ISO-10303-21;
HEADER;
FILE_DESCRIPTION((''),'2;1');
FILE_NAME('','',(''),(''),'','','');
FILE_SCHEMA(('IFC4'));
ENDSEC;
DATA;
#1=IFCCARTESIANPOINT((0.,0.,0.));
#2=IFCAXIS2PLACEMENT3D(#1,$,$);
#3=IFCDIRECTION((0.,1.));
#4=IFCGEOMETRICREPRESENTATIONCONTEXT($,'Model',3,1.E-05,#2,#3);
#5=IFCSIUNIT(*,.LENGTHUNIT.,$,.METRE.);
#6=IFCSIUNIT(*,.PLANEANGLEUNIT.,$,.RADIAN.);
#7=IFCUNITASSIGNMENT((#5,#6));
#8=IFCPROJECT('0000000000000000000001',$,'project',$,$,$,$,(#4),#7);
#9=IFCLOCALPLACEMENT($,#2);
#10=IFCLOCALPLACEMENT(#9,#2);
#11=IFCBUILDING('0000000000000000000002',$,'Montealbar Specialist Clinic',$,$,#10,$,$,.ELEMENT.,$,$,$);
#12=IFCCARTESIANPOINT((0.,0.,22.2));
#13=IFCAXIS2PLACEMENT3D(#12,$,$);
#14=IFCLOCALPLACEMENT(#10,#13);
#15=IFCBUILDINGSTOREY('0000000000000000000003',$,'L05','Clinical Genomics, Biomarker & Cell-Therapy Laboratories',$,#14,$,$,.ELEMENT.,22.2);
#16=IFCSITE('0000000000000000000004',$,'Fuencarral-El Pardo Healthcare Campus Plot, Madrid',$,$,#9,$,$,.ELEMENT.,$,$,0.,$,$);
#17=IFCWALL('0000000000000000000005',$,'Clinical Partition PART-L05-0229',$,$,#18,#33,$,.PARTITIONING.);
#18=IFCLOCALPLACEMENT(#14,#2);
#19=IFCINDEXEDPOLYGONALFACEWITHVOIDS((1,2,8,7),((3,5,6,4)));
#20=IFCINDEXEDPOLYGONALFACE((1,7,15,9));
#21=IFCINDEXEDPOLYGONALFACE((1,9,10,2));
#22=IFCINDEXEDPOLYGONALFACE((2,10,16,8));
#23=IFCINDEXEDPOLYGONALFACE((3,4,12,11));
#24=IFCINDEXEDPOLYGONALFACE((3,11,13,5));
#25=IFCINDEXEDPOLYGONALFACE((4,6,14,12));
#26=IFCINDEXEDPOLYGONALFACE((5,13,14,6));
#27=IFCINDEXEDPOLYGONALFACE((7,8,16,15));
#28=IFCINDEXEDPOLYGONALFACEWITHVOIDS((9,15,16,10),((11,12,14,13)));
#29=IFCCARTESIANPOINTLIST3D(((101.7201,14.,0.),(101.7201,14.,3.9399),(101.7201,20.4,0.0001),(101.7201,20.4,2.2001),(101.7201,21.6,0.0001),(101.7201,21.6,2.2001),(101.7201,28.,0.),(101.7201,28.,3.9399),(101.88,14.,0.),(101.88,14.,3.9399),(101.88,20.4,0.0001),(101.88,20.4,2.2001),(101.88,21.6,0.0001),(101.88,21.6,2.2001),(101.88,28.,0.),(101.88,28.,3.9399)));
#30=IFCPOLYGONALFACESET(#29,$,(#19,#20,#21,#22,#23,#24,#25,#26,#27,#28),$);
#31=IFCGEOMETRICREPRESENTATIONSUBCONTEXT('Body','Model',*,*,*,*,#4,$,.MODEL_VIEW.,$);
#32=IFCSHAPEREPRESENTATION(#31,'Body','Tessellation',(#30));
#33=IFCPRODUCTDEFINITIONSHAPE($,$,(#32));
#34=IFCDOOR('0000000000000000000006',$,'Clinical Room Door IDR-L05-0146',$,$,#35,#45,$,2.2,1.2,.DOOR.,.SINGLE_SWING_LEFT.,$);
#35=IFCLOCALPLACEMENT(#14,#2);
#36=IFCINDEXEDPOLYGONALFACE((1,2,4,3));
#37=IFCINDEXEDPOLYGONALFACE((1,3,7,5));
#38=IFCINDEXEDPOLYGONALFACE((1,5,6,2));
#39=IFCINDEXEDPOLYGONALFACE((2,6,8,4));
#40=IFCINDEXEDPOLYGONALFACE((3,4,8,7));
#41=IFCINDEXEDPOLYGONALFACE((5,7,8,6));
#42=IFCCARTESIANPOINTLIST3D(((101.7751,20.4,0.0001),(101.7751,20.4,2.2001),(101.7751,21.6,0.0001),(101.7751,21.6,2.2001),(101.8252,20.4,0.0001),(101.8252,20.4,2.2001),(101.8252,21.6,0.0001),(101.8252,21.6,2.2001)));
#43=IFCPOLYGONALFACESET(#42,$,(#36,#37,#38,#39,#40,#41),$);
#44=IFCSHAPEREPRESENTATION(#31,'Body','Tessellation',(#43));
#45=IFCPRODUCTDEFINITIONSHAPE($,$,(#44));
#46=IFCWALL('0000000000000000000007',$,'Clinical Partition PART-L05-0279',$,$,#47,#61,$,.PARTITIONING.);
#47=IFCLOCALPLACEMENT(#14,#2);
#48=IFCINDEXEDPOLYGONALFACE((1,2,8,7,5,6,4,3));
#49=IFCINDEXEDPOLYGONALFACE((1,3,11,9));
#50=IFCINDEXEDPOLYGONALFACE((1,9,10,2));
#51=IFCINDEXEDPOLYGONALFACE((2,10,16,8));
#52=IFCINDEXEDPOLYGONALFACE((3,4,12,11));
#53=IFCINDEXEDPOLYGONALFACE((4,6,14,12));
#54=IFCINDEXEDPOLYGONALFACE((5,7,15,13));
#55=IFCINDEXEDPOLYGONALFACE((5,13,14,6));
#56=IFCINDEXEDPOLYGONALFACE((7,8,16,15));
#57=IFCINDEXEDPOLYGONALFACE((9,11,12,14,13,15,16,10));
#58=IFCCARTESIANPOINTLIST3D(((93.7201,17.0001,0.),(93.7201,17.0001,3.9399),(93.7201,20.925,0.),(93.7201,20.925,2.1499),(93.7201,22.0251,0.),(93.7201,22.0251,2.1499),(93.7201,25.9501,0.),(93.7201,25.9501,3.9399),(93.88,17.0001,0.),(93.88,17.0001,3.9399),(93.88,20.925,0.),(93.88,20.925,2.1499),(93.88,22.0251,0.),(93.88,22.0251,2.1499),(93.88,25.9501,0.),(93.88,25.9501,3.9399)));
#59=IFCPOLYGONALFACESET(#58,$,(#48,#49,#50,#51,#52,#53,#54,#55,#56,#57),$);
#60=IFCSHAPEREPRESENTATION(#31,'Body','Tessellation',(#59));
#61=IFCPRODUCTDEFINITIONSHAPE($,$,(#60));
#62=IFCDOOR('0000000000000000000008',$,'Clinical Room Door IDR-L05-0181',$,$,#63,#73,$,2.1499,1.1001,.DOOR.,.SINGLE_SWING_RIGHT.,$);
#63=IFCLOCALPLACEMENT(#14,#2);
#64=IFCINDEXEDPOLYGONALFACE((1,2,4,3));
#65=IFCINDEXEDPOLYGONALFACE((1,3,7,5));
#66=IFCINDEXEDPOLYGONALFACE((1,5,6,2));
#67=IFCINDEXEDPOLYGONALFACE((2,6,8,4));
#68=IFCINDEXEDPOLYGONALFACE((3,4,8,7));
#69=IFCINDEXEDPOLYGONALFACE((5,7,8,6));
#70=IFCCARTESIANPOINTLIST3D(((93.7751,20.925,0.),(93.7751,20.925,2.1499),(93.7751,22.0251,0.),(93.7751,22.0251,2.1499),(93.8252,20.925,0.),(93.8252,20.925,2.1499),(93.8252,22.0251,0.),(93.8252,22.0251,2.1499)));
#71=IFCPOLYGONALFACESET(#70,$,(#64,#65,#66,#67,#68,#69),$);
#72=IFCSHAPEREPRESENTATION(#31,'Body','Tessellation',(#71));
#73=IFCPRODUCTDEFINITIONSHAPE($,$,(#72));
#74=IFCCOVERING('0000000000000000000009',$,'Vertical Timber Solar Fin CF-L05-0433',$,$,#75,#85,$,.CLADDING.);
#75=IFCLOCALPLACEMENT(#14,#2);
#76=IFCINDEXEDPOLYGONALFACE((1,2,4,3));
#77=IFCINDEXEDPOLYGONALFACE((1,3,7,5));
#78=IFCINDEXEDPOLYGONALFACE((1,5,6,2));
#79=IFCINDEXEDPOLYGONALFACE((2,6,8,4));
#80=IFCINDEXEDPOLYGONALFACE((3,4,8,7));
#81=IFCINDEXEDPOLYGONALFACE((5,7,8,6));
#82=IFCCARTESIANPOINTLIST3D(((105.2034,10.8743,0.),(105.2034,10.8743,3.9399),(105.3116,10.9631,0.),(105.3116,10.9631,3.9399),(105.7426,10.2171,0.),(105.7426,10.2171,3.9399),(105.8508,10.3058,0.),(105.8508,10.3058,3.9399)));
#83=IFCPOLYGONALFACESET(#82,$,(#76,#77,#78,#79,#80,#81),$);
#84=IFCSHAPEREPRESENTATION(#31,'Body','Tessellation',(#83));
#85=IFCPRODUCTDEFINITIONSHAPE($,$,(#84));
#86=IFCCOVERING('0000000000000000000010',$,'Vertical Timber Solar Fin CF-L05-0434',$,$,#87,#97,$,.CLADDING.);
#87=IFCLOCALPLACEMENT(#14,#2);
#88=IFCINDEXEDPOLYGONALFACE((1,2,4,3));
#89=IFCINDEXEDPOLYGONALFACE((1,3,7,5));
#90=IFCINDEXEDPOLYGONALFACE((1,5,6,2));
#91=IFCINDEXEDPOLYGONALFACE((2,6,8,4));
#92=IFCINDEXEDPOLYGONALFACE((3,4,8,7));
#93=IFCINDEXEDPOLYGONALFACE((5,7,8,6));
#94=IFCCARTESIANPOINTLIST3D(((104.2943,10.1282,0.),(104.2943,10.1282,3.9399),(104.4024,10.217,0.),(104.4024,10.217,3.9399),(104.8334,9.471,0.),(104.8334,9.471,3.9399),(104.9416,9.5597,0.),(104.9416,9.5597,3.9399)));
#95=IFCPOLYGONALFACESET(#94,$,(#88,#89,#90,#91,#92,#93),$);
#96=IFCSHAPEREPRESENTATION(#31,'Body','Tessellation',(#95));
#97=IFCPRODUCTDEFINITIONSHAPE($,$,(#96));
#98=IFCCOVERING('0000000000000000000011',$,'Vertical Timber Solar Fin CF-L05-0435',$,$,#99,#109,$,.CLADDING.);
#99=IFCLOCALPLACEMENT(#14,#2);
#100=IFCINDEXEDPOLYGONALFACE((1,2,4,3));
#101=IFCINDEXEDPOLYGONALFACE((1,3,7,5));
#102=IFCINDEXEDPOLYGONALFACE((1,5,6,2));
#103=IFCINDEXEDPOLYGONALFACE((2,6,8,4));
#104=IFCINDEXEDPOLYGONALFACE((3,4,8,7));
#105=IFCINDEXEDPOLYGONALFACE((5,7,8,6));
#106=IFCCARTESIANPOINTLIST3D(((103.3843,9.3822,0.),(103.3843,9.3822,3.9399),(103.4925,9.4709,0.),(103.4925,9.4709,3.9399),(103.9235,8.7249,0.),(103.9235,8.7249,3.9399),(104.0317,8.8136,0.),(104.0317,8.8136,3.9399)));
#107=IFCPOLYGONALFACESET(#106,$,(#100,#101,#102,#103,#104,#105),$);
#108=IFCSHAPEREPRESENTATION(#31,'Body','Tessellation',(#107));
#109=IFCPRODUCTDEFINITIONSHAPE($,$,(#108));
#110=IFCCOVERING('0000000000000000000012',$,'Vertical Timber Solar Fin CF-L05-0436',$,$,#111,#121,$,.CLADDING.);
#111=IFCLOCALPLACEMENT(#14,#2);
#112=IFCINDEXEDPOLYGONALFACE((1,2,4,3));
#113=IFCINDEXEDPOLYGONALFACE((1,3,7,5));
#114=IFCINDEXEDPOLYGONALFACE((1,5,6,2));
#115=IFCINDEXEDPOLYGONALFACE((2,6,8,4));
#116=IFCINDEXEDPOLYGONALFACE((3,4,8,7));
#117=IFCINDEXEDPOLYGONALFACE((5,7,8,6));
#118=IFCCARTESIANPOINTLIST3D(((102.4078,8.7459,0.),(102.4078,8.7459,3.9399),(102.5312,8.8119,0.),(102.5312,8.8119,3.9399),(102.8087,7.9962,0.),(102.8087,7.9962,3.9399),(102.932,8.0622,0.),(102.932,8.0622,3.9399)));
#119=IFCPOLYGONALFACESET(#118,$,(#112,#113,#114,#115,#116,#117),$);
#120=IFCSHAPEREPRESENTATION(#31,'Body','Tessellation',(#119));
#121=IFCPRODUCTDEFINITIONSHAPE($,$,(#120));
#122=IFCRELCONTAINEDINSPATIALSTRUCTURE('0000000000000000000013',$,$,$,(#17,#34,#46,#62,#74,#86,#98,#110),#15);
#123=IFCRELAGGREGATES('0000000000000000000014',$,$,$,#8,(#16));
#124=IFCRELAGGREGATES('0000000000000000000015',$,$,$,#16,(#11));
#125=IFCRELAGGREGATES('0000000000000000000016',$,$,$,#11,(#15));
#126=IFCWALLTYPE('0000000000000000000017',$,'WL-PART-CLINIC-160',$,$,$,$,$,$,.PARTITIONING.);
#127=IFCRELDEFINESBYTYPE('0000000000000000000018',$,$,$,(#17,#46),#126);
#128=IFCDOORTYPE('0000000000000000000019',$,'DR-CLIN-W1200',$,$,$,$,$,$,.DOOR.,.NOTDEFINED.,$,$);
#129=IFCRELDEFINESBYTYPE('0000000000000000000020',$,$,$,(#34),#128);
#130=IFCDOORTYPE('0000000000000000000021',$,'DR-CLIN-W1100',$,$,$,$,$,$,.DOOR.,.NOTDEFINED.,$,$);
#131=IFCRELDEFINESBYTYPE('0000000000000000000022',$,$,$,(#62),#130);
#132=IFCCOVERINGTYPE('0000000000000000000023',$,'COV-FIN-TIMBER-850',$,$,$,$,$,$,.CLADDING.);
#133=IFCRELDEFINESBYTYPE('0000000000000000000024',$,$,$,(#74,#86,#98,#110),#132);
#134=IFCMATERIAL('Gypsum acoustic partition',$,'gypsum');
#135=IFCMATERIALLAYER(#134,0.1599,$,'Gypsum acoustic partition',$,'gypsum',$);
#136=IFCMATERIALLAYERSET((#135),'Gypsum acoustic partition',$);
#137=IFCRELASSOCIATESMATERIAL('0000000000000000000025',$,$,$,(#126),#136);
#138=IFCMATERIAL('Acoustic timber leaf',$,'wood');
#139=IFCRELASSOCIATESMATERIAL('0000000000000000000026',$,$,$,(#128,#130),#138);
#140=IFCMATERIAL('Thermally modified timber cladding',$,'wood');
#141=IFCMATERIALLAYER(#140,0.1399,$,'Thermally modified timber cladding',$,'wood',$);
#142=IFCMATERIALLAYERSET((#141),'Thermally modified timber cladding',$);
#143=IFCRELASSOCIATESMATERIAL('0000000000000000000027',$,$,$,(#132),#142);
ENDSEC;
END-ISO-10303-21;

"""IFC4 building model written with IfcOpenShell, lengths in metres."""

from ifc_helpers import new_model, si_unit, direction, frame, frame_2d, origin, origin_2d, place, context, subcontext, project, spatial, rectangle, extrude, material, layer, layer_set, type_object, element, fill, save


model = new_model("IFC4")

# Units and contexts
model_context = context("Model", 3, precision=1e-05, world=origin(), true_north=direction((0.0, 1.0)))
body_context = subcontext(model_context, "Body", "Model", "MODEL_VIEW")
ifc_project = project(units=[si_unit("LENGTHUNIT", "METRE"), si_unit("PLANEANGLEUNIT", "RADIAN")], contexts=[model_context])

# Site, building, storey
site_placement = place(None, origin())
site = spatial("IfcSite", under=ifc_project, at=site_placement, Name="Fuencarral-El Pardo Healthcare Campus Plot, Madrid", CompositionType="ELEMENT", RefElevation=0.0)
building_placement = place(site_placement, origin())
building = spatial("IfcBuilding", under=site, at=building_placement, Name="Montealbar Specialist Clinic", CompositionType="ELEMENT")
storey_placement = place(building_placement, frame((0.0, 0.0, 22.2)))
storey = spatial("IfcBuildingStorey", under=building, at=storey_placement, Name="L05", Description="Clinical Genomics, Biomarker & Cell-Therapy Laboratories", CompositionType="ELEMENT", Elevation=22.2)

# Shared definitions
ifc_material_1 = material(Name="Gypsum acoustic partition", Category="gypsum")

# Walls, openings, doors
ifc_layer_1 = layer(ifc_material_1, 0.1599, Name="Gypsum acoustic partition", Category="gypsum")
ifc_layer_set_1 = layer_set([ifc_layer_1], Name="Gypsum acoustic partition")
wall_type_1 = type_object("IfcWallType", Name="WL-PART-CLINIC-160", PredefinedType="PARTITIONING", material=ifc_layer_set_1)
ifc_material_2 = material(Name="Acoustic timber leaf", Category="wood")
wall_1_placement = place(storey_placement, frame((101.8, 14.0, 0.0), z_axis=(0.0, 0.0, 1.0), x_axis=(0.0, 1.0, 0.0)))
wall_1 = element("IfcWall", 1, at=wall_1_placement, inside=storey, type_object=wall_type_1, Name="Clinical Partition PART-L05-0229", PredefinedType="PARTITIONING", context=body_context, shape_type="SweptSolid", body=[
    extrude(rectangle(XDim=14.0, YDim=0.1599, at=frame_2d((7.0, 0.0))), origin(), (0.0, 0.0, 1.0), 3.9399),
])
opening_1_placement = place(wall_1_placement, frame((6.3999, 0.0, 0.0)))
opening_1 = element("IfcOpeningElement", 2, at=opening_1_placement, cuts=wall_1, PredefinedType="OPENING", context=body_context, shape_type="SweptSolid", body=[
    extrude(rectangle(XDim=1.2, YDim=2.2, at=frame_2d((0.6001, 1.1001))), frame((0.0, 0.0898, 0.0), z_axis=(0.0, -1.0, 0.0), x_axis=(1.0, 0.0, 0.0)), (0.0, 0.0, 1.0), 0.1799),
])
door_type_1 = type_object("IfcDoorType", Name="DR-CLIN-W1200", OperationType="NOTDEFINED", PredefinedType="DOOR", material=ifc_material_2)
door_1_placement = place(opening_1_placement, origin())
door_1 = element("IfcDoor", 3, at=door_1_placement, inside=storey, type_object=door_type_1, Name="Clinical Room Door IDR-L05-0146", OperationType="SINGLE_SWING_LEFT", OverallHeight=2.2, OverallWidth=1.2, PredefinedType="DOOR", context=body_context, shape_type="SweptSolid", body=[
    extrude(rectangle(XDim=1.2, YDim=2.2, at=frame_2d((0.6001, 1.1001))), frame((0.0, 0.0249, 0.0), z_axis=(0.0, -1.0, 0.0), x_axis=(1.0, 0.0, 0.0)), (0.0, 0.0, 1.0), 0.05),
])
fill(opening_1, door_1)
wall_2_placement = place(storey_placement, frame((93.8, 17.0, 0.0), z_axis=(0.0, 0.0, 1.0), x_axis=(0.0, 1.0, 0.0)))
wall_2 = element("IfcWall", 4, at=wall_2_placement, inside=storey, type_object=wall_type_1, Name="Clinical Partition PART-L05-0279", PredefinedType="PARTITIONING", context=body_context, shape_type="SweptSolid", body=[
    extrude(rectangle(XDim=8.95, YDim=0.1599, at=frame_2d((4.4751, 0.0))), origin(), (0.0, 0.0, 1.0), 3.9399),
])
opening_2_placement = place(wall_2_placement, frame((3.925, 0.0, 0.0)))
opening_2 = element("IfcOpeningElement", 5, at=opening_2_placement, cuts=wall_2, PredefinedType="OPENING", context=body_context, shape_type="SweptSolid", body=[
    extrude(rectangle(XDim=1.1001, YDim=2.1499, at=frame_2d((0.55, 1.075))), frame((0.0, 0.0898, 0.0), z_axis=(0.0, -1.0, 0.0), x_axis=(1.0, 0.0, 0.0)), (0.0, 0.0, 1.0), 0.1799),
])
door_type_2 = type_object("IfcDoorType", Name="DR-CLIN-W1100", OperationType="NOTDEFINED", PredefinedType="DOOR", material=ifc_material_2)
door_2_placement = place(opening_2_placement, origin())
door_2 = element("IfcDoor", 6, at=door_2_placement, inside=storey, type_object=door_type_2, Name="Clinical Room Door IDR-L05-0181", OperationType="SINGLE_SWING_RIGHT", OverallHeight=2.1499, OverallWidth=1.1001, PredefinedType="DOOR", context=body_context, shape_type="SweptSolid", body=[
    extrude(rectangle(XDim=1.1001, YDim=2.1499, at=frame_2d((0.55, 1.075))), frame((0.0, 0.0249, 0.0), z_axis=(0.0, -1.0, 0.0), x_axis=(1.0, 0.0, 0.0)), (0.0, 0.0, 1.0), 0.05),
])
fill(opening_2, door_2)

# Coverings
ifc_material_3 = material(Name="Thermally modified timber cladding", Category="wood")
ifc_layer_2 = layer(ifc_material_3, 0.1399, Name="Thermally modified timber cladding", Category="wood")
ifc_layer_set_2 = layer_set([ifc_layer_2], Name="Thermally modified timber cladding")
covering_type = type_object("IfcCoveringType", Name="COV-FIN-TIMBER-850", PredefinedType="CLADDING", material=ifc_layer_set_2)
for number, where, z_axis, x_axis, name in (
    (7, (105.5271, 10.5901, 0.0), (0.0, 0.0, 1.0), (0.634256, -0.773123, 0.0), "Vertical Timber Solar Fin CF-L05-0433"),
    (8, (104.6179, 9.844, 0.0), (0.0, 0.0, 1.0), (0.634256, -0.773123, 0.0), "Vertical Timber Solar Fin CF-L05-0434"),
    (9, (103.708, 9.0979, 0.0), (0.0, 0.0, 1.0), (0.634256, -0.773123, 0.0), "Vertical Timber Solar Fin CF-L05-0435"),
    (10, (102.6699, 8.4041, 0.0), (0.0, 0.0, 1.0), (0.471529, -0.88185, 0.0), "Vertical Timber Solar Fin CF-L05-0436"),
):
    element("IfcCovering", number, at=place(storey_placement, frame(where, z_axis=z_axis, x_axis=x_axis)), inside=storey, type_object=covering_type, Name=name, PredefinedType="CLADDING", context=body_context, shape_type="SweptSolid", body=[
        extrude(rectangle(XDim=0.8501, YDim=0.1399, at=origin_2d()), origin(), (0.0, 0.0, 1.0), 3.9399),
    ])

save(model, "model.ifc")
